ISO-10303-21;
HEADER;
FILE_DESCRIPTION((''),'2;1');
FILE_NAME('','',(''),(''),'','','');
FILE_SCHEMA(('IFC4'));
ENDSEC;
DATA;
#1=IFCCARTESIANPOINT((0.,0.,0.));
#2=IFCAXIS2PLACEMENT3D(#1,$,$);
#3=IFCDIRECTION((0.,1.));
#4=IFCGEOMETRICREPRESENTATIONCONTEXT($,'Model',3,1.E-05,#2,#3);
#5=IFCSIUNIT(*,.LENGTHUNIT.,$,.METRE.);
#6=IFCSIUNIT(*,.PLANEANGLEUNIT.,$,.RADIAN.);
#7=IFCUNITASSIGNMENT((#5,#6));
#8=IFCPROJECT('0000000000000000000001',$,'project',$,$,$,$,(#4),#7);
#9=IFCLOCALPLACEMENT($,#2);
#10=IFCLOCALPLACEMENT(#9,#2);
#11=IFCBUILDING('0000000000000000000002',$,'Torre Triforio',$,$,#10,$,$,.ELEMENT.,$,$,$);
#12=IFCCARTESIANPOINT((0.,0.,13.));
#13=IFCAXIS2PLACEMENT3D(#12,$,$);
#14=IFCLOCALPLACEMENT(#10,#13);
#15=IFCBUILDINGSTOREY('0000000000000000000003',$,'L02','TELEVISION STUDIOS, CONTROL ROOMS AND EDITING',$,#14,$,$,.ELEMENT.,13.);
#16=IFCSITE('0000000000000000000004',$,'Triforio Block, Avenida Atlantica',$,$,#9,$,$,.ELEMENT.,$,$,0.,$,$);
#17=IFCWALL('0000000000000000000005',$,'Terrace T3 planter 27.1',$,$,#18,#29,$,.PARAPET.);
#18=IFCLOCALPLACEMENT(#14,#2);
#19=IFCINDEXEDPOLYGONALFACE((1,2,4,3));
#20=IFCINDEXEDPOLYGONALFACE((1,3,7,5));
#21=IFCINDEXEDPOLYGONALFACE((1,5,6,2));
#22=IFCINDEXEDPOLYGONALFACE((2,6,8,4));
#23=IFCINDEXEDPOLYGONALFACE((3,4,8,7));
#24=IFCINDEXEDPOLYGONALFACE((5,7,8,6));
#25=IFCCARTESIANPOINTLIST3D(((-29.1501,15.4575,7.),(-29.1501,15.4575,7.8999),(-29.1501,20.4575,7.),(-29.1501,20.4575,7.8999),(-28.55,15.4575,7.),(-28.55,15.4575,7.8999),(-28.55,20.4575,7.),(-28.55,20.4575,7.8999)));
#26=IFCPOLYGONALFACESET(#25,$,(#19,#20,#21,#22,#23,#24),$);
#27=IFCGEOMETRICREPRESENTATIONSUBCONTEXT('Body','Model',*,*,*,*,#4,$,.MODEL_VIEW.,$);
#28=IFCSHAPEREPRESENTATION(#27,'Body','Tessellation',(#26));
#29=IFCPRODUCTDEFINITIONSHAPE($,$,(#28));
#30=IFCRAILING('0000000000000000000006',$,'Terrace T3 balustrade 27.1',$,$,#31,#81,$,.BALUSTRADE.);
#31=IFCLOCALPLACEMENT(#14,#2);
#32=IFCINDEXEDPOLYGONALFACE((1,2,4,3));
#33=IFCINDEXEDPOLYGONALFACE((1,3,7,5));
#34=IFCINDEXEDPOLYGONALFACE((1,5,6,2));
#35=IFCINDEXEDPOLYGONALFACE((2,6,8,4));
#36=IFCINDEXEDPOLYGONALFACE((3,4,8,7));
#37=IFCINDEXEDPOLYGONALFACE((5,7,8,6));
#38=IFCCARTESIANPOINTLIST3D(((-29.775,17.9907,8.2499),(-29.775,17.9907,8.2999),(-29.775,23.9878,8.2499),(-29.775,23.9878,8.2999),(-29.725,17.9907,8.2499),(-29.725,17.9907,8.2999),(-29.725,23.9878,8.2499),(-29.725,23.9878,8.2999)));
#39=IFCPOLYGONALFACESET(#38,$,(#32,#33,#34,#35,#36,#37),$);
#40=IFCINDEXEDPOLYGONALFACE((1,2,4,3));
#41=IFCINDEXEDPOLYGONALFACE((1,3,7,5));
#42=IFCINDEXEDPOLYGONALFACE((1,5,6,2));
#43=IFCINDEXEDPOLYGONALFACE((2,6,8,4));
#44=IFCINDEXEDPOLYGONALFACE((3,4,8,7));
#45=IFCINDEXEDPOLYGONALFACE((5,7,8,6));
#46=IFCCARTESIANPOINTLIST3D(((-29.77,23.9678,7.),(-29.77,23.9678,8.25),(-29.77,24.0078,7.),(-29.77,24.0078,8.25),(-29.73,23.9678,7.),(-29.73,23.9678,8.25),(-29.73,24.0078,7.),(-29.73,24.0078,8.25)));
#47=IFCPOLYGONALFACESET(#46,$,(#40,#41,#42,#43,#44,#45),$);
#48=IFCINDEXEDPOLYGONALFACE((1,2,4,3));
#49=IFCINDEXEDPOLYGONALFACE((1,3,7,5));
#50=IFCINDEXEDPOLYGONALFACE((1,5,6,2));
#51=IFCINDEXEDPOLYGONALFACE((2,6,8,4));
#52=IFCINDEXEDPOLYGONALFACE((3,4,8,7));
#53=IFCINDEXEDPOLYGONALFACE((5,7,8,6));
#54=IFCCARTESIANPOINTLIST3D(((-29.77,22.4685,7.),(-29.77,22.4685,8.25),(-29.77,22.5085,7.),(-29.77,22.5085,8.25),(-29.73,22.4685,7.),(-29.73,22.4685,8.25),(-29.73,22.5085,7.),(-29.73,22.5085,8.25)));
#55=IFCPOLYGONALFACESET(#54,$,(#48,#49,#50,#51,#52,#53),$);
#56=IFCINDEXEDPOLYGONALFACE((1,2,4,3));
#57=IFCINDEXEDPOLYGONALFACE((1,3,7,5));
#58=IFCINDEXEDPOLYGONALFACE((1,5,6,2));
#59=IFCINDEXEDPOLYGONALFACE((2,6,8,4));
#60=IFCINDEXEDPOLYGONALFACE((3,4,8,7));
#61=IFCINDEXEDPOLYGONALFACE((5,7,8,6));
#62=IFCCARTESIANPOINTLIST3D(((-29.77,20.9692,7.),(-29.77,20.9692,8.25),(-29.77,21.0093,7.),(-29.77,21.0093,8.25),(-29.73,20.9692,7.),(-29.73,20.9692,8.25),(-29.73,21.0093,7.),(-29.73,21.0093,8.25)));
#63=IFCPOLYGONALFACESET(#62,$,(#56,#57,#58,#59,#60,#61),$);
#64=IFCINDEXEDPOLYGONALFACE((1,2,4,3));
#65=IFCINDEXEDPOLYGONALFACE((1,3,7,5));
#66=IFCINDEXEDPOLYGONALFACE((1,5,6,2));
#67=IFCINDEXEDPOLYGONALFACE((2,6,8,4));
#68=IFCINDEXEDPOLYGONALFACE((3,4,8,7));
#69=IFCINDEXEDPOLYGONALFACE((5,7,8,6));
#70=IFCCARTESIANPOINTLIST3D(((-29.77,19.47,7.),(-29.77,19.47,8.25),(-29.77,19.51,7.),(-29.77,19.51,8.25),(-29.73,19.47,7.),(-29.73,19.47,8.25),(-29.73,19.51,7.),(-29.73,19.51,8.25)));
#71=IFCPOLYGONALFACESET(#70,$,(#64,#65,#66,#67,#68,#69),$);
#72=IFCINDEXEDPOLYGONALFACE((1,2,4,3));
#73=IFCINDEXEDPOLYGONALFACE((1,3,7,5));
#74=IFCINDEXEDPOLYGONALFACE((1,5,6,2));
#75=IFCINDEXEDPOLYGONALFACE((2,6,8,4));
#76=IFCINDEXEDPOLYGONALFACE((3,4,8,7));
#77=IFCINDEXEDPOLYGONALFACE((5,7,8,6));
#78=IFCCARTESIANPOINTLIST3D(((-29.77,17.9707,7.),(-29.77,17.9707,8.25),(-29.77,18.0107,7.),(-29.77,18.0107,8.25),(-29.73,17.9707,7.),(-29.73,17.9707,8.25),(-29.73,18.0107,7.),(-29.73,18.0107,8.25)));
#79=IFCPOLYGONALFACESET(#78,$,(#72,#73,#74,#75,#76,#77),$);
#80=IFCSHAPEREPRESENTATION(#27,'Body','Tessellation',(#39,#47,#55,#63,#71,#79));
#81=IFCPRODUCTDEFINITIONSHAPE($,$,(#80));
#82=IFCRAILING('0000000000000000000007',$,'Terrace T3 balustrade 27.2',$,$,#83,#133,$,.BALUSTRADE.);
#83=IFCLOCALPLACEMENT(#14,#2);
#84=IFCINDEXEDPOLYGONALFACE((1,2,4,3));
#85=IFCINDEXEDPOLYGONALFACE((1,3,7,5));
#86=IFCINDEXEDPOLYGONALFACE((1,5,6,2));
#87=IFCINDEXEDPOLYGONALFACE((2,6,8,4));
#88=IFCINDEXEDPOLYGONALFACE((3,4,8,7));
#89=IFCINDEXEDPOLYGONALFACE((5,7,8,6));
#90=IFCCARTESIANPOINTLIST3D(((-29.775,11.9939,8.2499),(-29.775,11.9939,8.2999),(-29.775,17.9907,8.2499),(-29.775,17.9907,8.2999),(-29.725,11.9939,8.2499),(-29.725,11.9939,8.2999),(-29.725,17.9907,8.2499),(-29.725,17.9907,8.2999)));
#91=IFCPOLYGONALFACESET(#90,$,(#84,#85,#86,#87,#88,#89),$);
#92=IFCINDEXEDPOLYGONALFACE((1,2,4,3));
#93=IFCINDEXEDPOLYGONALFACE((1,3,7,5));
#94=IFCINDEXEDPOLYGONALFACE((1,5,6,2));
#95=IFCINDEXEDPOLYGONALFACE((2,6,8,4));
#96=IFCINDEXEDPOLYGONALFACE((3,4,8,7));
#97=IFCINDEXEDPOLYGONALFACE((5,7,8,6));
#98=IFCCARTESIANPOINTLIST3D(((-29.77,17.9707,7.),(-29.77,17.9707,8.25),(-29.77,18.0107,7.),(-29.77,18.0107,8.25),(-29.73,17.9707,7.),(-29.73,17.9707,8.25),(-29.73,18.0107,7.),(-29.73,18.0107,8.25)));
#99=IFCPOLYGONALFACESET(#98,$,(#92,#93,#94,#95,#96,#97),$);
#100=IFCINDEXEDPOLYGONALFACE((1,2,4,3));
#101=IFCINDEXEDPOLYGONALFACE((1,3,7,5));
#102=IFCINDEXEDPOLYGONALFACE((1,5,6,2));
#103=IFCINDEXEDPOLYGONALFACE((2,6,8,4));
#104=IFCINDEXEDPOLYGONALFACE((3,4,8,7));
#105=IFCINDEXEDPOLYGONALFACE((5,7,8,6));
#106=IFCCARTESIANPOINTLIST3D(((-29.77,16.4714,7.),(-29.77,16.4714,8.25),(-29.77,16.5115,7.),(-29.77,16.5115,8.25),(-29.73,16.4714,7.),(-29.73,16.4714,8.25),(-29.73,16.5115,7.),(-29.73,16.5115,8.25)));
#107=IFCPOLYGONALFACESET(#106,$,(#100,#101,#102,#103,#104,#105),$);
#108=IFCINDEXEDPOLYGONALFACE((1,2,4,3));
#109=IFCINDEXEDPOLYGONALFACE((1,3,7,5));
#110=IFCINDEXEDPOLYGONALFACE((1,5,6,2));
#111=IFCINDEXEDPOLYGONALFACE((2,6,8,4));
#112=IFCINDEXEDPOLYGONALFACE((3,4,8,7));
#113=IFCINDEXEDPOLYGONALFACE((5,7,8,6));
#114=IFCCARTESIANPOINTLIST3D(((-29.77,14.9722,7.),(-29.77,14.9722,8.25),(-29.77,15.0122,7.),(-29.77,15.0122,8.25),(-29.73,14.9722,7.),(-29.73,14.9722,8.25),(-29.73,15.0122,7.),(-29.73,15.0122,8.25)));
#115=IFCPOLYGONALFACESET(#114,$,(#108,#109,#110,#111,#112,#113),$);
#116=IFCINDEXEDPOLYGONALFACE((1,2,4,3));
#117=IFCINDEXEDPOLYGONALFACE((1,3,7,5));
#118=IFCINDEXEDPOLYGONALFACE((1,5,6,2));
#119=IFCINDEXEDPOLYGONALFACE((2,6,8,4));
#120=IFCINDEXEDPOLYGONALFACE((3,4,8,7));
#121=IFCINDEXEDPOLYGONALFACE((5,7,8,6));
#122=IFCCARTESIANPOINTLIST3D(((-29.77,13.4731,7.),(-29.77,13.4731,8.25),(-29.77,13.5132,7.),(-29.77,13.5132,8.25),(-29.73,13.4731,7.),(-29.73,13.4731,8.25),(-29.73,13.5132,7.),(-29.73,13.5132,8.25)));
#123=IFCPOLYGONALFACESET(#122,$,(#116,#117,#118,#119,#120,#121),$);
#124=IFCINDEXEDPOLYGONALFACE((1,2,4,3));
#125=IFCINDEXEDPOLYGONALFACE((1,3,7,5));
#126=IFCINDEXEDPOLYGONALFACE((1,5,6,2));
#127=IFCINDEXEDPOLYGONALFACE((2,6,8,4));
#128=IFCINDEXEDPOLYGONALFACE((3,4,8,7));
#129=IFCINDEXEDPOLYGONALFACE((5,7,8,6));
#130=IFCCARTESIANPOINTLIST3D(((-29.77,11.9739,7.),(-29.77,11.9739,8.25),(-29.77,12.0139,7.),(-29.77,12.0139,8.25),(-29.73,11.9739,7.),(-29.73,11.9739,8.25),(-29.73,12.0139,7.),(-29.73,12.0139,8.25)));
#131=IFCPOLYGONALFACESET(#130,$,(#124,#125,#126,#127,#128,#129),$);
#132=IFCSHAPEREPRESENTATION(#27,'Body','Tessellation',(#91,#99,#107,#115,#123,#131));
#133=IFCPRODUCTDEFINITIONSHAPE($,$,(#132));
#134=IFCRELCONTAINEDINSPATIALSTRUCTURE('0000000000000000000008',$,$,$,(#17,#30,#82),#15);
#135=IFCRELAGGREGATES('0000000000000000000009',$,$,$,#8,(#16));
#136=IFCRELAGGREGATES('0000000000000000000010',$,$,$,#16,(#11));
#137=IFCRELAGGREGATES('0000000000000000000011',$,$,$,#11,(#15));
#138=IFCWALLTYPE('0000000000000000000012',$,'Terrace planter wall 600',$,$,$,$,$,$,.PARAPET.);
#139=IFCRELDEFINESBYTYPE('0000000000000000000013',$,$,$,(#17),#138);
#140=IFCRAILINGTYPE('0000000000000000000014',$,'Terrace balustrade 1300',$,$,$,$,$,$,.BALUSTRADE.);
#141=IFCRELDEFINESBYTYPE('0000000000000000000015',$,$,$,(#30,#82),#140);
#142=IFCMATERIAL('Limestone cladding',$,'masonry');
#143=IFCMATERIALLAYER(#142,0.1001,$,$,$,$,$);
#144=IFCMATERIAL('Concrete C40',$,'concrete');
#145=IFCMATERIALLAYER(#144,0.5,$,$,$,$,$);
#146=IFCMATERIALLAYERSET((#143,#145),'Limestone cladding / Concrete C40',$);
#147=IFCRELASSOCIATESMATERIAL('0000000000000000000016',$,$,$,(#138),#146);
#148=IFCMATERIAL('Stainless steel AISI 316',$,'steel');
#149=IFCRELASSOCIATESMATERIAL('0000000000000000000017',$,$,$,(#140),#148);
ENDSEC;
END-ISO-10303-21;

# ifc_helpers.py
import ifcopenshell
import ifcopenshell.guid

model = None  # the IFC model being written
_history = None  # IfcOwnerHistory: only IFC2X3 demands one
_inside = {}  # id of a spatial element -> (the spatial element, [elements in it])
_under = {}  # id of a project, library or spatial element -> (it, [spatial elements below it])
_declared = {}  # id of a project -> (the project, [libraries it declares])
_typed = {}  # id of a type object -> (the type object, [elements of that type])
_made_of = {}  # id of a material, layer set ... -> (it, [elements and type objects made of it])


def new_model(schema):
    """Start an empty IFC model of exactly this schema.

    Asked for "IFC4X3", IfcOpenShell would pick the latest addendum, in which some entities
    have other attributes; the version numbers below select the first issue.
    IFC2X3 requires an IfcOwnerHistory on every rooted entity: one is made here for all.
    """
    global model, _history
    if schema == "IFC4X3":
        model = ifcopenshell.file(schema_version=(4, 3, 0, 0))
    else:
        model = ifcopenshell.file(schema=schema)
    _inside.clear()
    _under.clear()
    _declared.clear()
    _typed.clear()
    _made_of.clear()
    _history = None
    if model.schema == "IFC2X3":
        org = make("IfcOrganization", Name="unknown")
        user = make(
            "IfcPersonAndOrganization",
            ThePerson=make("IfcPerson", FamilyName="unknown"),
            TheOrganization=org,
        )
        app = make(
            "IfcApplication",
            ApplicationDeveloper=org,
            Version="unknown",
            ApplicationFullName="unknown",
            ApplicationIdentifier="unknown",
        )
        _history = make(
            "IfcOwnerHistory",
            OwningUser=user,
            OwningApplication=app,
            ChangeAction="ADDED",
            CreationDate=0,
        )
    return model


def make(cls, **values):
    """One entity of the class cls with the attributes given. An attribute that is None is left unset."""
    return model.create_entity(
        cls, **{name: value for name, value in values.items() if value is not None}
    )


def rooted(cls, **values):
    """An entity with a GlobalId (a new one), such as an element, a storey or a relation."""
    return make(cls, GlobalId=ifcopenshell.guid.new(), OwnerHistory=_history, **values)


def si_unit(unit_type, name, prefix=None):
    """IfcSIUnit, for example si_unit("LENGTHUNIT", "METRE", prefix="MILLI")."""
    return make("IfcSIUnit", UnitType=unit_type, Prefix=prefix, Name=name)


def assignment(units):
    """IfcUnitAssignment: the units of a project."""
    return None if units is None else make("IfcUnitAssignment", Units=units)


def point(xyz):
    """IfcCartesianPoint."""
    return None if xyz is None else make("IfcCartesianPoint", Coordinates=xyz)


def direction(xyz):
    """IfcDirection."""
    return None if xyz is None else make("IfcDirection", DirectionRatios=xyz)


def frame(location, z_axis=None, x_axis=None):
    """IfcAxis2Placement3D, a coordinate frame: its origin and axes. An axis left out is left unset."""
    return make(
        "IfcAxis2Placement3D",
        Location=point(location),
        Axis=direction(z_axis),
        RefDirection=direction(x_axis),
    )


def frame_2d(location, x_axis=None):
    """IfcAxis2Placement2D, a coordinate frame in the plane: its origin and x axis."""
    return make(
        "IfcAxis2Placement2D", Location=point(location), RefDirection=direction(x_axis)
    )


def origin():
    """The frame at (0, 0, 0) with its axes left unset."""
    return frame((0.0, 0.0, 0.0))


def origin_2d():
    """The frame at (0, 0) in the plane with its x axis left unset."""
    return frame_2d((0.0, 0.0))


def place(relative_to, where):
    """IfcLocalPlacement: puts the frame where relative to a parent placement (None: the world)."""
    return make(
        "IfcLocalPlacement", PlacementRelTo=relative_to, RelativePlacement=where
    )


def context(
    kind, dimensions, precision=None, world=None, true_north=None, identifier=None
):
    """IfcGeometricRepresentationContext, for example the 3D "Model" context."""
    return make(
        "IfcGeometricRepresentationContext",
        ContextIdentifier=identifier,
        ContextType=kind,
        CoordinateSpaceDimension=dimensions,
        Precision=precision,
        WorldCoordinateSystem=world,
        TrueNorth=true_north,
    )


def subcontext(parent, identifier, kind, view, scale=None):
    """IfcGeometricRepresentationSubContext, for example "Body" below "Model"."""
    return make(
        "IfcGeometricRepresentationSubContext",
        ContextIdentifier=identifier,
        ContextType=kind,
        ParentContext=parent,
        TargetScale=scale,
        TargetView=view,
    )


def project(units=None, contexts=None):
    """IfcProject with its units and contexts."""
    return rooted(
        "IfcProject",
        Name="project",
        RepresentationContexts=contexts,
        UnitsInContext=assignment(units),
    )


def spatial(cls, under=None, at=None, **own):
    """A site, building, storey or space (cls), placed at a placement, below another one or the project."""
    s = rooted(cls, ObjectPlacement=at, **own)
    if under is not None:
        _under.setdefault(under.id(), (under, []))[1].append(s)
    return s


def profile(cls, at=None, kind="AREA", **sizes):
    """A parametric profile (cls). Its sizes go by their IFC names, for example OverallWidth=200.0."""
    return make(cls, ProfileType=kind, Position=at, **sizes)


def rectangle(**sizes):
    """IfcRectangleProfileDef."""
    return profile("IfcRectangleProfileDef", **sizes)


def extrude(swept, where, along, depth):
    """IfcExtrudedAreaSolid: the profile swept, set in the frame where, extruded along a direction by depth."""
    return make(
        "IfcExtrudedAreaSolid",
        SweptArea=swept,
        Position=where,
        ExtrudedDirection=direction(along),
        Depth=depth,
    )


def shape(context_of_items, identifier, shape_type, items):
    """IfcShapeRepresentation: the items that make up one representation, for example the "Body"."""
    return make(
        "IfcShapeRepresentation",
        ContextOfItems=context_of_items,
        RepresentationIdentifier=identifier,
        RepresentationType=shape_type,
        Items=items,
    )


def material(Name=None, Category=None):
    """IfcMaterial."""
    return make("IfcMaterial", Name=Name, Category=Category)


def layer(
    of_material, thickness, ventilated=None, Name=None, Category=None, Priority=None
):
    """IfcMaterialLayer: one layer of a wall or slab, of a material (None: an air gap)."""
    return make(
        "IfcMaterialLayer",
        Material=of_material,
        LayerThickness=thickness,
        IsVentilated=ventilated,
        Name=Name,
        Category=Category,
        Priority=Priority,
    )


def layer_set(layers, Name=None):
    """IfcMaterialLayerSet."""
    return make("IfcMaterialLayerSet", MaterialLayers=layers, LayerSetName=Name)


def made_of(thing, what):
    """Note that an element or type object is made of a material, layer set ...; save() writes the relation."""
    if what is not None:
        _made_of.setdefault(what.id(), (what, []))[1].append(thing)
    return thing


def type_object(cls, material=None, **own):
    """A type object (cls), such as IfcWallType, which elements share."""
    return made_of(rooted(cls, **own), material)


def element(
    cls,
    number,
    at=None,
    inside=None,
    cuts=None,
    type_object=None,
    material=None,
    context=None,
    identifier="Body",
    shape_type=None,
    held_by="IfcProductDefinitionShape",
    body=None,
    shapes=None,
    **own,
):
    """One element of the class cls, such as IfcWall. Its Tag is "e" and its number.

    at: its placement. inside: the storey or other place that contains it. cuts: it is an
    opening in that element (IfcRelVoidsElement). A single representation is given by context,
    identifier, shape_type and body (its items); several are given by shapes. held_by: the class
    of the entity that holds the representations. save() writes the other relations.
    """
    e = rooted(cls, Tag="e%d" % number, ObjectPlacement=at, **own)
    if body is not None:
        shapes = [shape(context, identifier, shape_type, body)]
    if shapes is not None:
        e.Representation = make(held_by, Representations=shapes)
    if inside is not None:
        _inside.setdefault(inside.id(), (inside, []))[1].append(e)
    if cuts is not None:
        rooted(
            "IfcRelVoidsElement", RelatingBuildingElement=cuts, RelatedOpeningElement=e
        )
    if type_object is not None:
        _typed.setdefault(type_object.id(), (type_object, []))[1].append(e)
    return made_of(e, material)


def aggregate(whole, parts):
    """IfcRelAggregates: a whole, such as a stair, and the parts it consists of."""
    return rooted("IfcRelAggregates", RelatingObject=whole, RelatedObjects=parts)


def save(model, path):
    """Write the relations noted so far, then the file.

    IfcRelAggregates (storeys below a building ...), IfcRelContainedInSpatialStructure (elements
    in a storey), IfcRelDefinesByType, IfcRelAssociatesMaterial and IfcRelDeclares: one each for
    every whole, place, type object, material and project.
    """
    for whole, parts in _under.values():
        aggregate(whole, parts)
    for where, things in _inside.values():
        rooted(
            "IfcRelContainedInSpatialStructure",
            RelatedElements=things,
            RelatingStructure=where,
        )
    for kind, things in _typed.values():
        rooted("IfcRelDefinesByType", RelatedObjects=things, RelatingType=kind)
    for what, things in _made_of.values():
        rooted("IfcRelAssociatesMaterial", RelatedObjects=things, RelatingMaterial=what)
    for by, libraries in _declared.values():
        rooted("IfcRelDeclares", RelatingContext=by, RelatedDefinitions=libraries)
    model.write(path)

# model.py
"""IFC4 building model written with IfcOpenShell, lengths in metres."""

from ifc_helpers import new_model, si_unit, direction, frame, frame_2d, origin, origin_2d, place, context, subcontext, project, spatial, rectangle, extrude, material, layer, layer_set, type_object, element, save


model = new_model("IFC4")

# Units and contexts
model_context = context("Model", 3, precision=1e-05, world=origin(), true_north=direction((0.0, 1.0)))
body_context = subcontext(model_context, "Body", "Model", "MODEL_VIEW")
ifc_project = project(units=[si_unit("LENGTHUNIT", "METRE"), si_unit("PLANEANGLEUNIT", "RADIAN")], contexts=[model_context])

# Site, building, storey
site_placement = place(None, origin())
site = spatial("IfcSite", under=ifc_project, at=site_placement, Name="Triforio Block, Avenida Atlantica", CompositionType="ELEMENT", RefElevation=0.0)
building_placement = place(site_placement, origin())
building = spatial("IfcBuilding", under=site, at=building_placement, Name="Torre Triforio", CompositionType="ELEMENT")
storey_placement = place(building_placement, frame((0.0, 0.0, 13.0)))
storey = spatial("IfcBuildingStorey", under=building, at=storey_placement, Name="L02", Description="TELEVISION STUDIOS, CONTROL ROOMS AND EDITING", CompositionType="ELEMENT", Elevation=13.0)

# Shared definitions
ifc_material_1 = material(Name="Limestone cladding", Category="masonry")
ifc_material_2 = material(Name="Concrete C40", Category="concrete")

# Wall
ifc_layer_1 = layer(ifc_material_1, 0.1001)
ifc_layer_2 = layer(ifc_material_2, 0.5)
ifc_layer_set_1 = layer_set([ifc_layer_1, ifc_layer_2], Name="Limestone cladding / Concrete C40")
wall_type_1 = type_object("IfcWallType", Name="Terrace planter wall 600", PredefinedType="PARAPET", material=ifc_layer_set_1)
wall_1_placement = place(storey_placement, frame((-28.8501, 20.4575, 7.0), z_axis=(0.0, 0.0, 1.0), x_axis=(0.0, -1.0, 0.0)))
element("IfcWall", 1, at=wall_1_placement, inside=storey, type_object=wall_type_1, Name="Terrace T3 planter 27.1", PredefinedType="PARAPET", context=body_context, shape_type="SweptSolid", body=[
    extrude(rectangle(XDim=5.0, YDim=0.6001, at=frame_2d((2.5, 0.0))), origin(), (0.0, 0.0, 1.0), 0.8999),
])

# Railings
ifc_material_3 = material(Name="Stainless steel AISI 316", Category="steel")
railing_type = type_object("IfcRailingType", Name="Terrace balustrade 1300", PredefinedType="BALUSTRADE", material=ifc_material_3)
railing_1_placement = place(storey_placement, frame((-29.75, 23.9878, 7.0)))
element("IfcRailing", 2, at=railing_1_placement, inside=storey, type_object=railing_type, Name="Terrace T3 balustrade 27.1", PredefinedType="BALUSTRADE", context=body_context, shape_type="SweptSolid", body=[
    extrude(rectangle(XDim=0.05, YDim=0.05, at=origin_2d()), frame((0.0, 0.0, 1.2749), z_axis=(0.0, -1.0, 0.0), x_axis=(1.0, 0.0, 0.0)), (0.0, 0.0, 1.0), 5.9971),
    extrude(rectangle(XDim=0.04, YDim=0.04, at=origin_2d()), origin(), (0.0, 0.0, 1.0), 1.25),
    extrude(rectangle(XDim=0.04, YDim=0.04, at=origin_2d()), frame((0.0, -1.4993, 0.0)), (0.0, 0.0, 1.0), 1.25),
    extrude(rectangle(XDim=0.04, YDim=0.04, at=origin_2d()), frame((0.0, -2.9985, 0.0)), (0.0, 0.0, 1.0), 1.25),
    extrude(rectangle(XDim=0.04, YDim=0.04, at=origin_2d()), frame((0.0, -4.4978, 0.0)), (0.0, 0.0, 1.0), 1.25),
    extrude(rectangle(XDim=0.04, YDim=0.04, at=origin_2d()), frame((0.0, -5.9971, 0.0)), (0.0, 0.0, 1.0), 1.25),
])
railing_2_placement = place(storey_placement, frame((-29.75, 17.9907, 7.0)))
element("IfcRailing", 3, at=railing_2_placement, inside=storey, type_object=railing_type, Name="Terrace T3 balustrade 27.2", PredefinedType="BALUSTRADE", context=body_context, shape_type="SweptSolid", body=[
    extrude(rectangle(XDim=0.05, YDim=0.05, at=origin_2d()), frame((0.0, 0.0, 1.2749), z_axis=(0.0, -1.0, 0.0), x_axis=(1.0, 0.0, 0.0)), (0.0, 0.0, 1.0), 5.9968),
    extrude(rectangle(XDim=0.04, YDim=0.04, at=origin_2d()), origin(), (0.0, 0.0, 1.0), 1.25),
    extrude(rectangle(XDim=0.04, YDim=0.04, at=origin_2d()), frame((0.0, -1.4993, 0.0)), (0.0, 0.0, 1.0), 1.25),
    extrude(rectangle(XDim=0.04, YDim=0.04, at=origin_2d()), frame((0.0, -2.9985, 0.0)), (0.0, 0.0, 1.0), 1.25),
    extrude(rectangle(XDim=0.04, YDim=0.04, at=origin_2d()), frame((0.0, -4.4976, 0.0)), (0.0, 0.0, 1.0), 1.25),
    extrude(rectangle(XDim=0.04, YDim=0.04, at=origin_2d()), frame((0.0, -5.9968, 0.0)), (0.0, 0.0, 1.0), 1.25),
])

save(model, "model.ifc")
